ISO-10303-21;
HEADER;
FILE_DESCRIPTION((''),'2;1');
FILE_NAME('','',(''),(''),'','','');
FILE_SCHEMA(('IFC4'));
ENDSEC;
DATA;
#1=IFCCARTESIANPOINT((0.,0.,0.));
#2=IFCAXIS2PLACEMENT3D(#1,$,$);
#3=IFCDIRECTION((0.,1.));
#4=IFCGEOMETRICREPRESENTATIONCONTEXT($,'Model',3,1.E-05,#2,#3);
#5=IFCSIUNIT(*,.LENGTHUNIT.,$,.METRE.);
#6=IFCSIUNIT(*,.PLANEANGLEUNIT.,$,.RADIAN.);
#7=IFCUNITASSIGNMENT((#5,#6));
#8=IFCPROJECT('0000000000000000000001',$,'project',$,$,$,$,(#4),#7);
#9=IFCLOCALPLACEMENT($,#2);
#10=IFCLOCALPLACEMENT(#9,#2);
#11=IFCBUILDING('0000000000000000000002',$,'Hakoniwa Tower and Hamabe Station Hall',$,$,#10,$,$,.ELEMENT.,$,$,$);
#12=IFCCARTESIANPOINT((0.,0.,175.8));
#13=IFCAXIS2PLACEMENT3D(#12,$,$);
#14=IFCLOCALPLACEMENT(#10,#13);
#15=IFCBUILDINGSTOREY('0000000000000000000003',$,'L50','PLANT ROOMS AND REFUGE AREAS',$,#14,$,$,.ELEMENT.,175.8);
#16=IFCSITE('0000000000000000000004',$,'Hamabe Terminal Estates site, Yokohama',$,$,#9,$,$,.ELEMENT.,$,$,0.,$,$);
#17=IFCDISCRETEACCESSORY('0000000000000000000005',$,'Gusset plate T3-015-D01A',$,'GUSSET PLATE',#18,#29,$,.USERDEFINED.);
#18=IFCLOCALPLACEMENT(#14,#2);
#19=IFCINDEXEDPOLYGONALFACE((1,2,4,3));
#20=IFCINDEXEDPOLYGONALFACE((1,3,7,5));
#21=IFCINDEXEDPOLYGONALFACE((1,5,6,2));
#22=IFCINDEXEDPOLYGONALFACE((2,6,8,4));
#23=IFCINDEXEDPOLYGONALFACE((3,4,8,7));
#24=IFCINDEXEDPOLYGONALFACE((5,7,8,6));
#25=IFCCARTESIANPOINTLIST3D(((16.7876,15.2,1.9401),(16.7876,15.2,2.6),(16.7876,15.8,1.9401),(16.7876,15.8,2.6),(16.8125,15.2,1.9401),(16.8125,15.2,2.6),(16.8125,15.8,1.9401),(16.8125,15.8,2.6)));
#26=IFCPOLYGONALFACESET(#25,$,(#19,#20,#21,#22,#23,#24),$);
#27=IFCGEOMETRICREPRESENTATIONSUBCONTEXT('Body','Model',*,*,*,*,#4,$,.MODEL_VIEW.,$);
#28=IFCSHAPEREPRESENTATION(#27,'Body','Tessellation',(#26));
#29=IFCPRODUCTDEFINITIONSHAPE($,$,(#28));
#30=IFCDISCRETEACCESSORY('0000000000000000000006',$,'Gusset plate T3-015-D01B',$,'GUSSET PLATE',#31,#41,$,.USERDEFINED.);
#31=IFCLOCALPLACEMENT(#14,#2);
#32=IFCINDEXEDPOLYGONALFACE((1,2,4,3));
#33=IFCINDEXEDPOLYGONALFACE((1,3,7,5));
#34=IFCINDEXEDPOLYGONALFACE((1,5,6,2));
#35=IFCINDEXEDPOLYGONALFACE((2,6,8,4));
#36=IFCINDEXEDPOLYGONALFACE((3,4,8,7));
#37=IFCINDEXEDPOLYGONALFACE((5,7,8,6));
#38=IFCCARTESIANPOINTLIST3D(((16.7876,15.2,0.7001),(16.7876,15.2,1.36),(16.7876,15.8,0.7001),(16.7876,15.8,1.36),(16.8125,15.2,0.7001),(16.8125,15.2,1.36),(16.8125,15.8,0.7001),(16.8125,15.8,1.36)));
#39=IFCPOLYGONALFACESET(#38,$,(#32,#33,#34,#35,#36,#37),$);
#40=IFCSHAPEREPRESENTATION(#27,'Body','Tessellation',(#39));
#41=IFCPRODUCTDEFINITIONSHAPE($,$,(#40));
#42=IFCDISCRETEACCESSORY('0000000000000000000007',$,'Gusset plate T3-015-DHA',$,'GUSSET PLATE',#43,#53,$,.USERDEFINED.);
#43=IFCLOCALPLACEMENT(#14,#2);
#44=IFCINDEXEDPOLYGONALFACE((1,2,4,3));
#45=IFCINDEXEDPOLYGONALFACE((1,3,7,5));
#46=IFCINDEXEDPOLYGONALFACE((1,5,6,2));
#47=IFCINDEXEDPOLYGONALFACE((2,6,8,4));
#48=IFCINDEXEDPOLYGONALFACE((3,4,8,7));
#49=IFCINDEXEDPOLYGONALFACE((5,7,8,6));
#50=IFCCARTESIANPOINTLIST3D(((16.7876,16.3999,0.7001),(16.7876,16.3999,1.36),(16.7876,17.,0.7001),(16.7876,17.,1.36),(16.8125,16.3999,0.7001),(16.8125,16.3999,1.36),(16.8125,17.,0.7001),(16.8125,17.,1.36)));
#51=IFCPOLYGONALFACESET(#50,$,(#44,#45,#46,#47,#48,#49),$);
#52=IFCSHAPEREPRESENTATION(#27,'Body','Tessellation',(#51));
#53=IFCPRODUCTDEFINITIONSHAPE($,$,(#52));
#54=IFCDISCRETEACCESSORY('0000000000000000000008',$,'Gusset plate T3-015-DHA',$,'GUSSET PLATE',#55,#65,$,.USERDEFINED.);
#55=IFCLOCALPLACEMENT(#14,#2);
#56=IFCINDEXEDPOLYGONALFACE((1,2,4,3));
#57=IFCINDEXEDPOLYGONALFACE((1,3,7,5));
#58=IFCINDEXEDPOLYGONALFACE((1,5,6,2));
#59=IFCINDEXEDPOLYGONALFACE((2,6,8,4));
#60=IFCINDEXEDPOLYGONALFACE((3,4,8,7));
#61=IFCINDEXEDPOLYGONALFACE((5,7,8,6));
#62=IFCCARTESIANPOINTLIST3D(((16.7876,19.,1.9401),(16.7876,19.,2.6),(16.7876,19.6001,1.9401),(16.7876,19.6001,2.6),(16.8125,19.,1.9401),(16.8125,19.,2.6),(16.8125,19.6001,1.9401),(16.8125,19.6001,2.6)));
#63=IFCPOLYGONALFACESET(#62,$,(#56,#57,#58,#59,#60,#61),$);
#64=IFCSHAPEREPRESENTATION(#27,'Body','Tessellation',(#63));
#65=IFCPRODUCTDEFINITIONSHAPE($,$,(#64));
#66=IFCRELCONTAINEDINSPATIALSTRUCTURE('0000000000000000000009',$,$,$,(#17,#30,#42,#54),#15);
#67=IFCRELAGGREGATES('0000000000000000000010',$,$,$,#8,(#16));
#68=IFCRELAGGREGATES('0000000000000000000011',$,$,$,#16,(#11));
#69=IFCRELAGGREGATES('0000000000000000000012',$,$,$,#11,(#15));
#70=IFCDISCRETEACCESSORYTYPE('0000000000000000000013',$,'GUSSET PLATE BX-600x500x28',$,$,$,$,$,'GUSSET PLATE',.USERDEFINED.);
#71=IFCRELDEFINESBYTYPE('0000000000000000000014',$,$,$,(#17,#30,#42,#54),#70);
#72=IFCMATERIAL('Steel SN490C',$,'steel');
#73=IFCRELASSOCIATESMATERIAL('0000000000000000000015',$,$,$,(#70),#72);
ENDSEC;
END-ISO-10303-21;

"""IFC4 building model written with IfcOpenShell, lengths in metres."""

from ifc_helpers import new_model, si_unit, direction, frame, origin, origin_2d, place, context, subcontext, project, spatial, rectangle, extrude, material, material_profile, profile_set, type_object, element, save


model = new_model("IFC4")

# Units and contexts
model_context = context("Model", 3, precision=1e-05, world=origin(), true_north=direction((0.0, 1.0)))
body_context = subcontext(model_context, "Body", "Model", "MODEL_VIEW")
ifc_project = project(units=[si_unit("LENGTHUNIT", "METRE"), si_unit("PLANEANGLEUNIT", "RADIAN")], contexts=[model_context])

# Site, building, storey
site_placement = place(None, origin())
site = spatial("IfcSite", under=ifc_project, at=site_placement, Name="Hamabe Terminal Estates site, Yokohama", CompositionType="ELEMENT", RefElevation=0.0)
building_placement = place(site_placement, origin())
building = spatial("IfcBuilding", under=site, at=building_placement, Name="Hakoniwa Tower and Hamabe Station Hall", CompositionType="ELEMENT")
storey_placement = place(building_placement, frame((0.0, 0.0, 175.8)))
storey = spatial("IfcBuildingStorey", under=building, at=storey_placement, Name="L50", Description="PLANT ROOMS AND REFUGE AREAS", CompositionType="ELEMENT", Elevation=175.8)

# Discrete accessories
ifc_material_1 = material(Name="Steel SN490C", Category="steel")
ifc_material_profile_1 = material_profile(ifc_material_1, rectangle(XDim=0.6001, YDim=0.6599, at=origin_2d()), Name="GUSSET PLATE BX-600x500x28")
ifc_profile_set_1 = profile_set([ifc_material_profile_1], Name="Steel SN490C")
discrete_accessory_type = type_object("IfcDiscreteAccessoryType", Name="GUSSET PLATE BX-600x500x28", ElementType="GUSSET PLATE", PredefinedType="USERDEFINED", material=ifc_profile_set_1)
for number, where, z_axis, x_axis, name in (
    (1, (16.8125, 15.5, 2.27), (-1.0, 0.0, 0.0), (0.0, -1.0, 0.0), "Gusset plate T3-015-D01A"),
    (2, (16.8125, 15.5, 1.03), (-1.0, 0.0, 0.0), (0.0, -1.0, 0.0), "Gusset plate T3-015-D01B"),
    (3, (16.8125, 16.7, 1.03), (-1.0, 0.0, 0.0), (0.0, -1.0, 0.0), "Gusset plate T3-015-DHA"),
    (4, (16.8125, 19.3, 2.27), (-1.0, 0.0, 0.0), (0.0, -1.0, 0.0), "Gusset plate T3-015-DHA"),
):
    element("IfcDiscreteAccessory", number, at=place(storey_placement, frame(where, z_axis=z_axis, x_axis=x_axis)), inside=storey, type_object=discrete_accessory_type, Name=name, ObjectType="GUSSET PLATE", PredefinedType="USERDEFINED", context=body_context, shape_type="SweptSolid", body=[
        extrude(rectangle(XDim=0.6001, YDim=0.6599, at=origin_2d()), origin(), (0.0, 0.0, 1.0), 0.0249),
    ])

save(model, "model.ifc")
